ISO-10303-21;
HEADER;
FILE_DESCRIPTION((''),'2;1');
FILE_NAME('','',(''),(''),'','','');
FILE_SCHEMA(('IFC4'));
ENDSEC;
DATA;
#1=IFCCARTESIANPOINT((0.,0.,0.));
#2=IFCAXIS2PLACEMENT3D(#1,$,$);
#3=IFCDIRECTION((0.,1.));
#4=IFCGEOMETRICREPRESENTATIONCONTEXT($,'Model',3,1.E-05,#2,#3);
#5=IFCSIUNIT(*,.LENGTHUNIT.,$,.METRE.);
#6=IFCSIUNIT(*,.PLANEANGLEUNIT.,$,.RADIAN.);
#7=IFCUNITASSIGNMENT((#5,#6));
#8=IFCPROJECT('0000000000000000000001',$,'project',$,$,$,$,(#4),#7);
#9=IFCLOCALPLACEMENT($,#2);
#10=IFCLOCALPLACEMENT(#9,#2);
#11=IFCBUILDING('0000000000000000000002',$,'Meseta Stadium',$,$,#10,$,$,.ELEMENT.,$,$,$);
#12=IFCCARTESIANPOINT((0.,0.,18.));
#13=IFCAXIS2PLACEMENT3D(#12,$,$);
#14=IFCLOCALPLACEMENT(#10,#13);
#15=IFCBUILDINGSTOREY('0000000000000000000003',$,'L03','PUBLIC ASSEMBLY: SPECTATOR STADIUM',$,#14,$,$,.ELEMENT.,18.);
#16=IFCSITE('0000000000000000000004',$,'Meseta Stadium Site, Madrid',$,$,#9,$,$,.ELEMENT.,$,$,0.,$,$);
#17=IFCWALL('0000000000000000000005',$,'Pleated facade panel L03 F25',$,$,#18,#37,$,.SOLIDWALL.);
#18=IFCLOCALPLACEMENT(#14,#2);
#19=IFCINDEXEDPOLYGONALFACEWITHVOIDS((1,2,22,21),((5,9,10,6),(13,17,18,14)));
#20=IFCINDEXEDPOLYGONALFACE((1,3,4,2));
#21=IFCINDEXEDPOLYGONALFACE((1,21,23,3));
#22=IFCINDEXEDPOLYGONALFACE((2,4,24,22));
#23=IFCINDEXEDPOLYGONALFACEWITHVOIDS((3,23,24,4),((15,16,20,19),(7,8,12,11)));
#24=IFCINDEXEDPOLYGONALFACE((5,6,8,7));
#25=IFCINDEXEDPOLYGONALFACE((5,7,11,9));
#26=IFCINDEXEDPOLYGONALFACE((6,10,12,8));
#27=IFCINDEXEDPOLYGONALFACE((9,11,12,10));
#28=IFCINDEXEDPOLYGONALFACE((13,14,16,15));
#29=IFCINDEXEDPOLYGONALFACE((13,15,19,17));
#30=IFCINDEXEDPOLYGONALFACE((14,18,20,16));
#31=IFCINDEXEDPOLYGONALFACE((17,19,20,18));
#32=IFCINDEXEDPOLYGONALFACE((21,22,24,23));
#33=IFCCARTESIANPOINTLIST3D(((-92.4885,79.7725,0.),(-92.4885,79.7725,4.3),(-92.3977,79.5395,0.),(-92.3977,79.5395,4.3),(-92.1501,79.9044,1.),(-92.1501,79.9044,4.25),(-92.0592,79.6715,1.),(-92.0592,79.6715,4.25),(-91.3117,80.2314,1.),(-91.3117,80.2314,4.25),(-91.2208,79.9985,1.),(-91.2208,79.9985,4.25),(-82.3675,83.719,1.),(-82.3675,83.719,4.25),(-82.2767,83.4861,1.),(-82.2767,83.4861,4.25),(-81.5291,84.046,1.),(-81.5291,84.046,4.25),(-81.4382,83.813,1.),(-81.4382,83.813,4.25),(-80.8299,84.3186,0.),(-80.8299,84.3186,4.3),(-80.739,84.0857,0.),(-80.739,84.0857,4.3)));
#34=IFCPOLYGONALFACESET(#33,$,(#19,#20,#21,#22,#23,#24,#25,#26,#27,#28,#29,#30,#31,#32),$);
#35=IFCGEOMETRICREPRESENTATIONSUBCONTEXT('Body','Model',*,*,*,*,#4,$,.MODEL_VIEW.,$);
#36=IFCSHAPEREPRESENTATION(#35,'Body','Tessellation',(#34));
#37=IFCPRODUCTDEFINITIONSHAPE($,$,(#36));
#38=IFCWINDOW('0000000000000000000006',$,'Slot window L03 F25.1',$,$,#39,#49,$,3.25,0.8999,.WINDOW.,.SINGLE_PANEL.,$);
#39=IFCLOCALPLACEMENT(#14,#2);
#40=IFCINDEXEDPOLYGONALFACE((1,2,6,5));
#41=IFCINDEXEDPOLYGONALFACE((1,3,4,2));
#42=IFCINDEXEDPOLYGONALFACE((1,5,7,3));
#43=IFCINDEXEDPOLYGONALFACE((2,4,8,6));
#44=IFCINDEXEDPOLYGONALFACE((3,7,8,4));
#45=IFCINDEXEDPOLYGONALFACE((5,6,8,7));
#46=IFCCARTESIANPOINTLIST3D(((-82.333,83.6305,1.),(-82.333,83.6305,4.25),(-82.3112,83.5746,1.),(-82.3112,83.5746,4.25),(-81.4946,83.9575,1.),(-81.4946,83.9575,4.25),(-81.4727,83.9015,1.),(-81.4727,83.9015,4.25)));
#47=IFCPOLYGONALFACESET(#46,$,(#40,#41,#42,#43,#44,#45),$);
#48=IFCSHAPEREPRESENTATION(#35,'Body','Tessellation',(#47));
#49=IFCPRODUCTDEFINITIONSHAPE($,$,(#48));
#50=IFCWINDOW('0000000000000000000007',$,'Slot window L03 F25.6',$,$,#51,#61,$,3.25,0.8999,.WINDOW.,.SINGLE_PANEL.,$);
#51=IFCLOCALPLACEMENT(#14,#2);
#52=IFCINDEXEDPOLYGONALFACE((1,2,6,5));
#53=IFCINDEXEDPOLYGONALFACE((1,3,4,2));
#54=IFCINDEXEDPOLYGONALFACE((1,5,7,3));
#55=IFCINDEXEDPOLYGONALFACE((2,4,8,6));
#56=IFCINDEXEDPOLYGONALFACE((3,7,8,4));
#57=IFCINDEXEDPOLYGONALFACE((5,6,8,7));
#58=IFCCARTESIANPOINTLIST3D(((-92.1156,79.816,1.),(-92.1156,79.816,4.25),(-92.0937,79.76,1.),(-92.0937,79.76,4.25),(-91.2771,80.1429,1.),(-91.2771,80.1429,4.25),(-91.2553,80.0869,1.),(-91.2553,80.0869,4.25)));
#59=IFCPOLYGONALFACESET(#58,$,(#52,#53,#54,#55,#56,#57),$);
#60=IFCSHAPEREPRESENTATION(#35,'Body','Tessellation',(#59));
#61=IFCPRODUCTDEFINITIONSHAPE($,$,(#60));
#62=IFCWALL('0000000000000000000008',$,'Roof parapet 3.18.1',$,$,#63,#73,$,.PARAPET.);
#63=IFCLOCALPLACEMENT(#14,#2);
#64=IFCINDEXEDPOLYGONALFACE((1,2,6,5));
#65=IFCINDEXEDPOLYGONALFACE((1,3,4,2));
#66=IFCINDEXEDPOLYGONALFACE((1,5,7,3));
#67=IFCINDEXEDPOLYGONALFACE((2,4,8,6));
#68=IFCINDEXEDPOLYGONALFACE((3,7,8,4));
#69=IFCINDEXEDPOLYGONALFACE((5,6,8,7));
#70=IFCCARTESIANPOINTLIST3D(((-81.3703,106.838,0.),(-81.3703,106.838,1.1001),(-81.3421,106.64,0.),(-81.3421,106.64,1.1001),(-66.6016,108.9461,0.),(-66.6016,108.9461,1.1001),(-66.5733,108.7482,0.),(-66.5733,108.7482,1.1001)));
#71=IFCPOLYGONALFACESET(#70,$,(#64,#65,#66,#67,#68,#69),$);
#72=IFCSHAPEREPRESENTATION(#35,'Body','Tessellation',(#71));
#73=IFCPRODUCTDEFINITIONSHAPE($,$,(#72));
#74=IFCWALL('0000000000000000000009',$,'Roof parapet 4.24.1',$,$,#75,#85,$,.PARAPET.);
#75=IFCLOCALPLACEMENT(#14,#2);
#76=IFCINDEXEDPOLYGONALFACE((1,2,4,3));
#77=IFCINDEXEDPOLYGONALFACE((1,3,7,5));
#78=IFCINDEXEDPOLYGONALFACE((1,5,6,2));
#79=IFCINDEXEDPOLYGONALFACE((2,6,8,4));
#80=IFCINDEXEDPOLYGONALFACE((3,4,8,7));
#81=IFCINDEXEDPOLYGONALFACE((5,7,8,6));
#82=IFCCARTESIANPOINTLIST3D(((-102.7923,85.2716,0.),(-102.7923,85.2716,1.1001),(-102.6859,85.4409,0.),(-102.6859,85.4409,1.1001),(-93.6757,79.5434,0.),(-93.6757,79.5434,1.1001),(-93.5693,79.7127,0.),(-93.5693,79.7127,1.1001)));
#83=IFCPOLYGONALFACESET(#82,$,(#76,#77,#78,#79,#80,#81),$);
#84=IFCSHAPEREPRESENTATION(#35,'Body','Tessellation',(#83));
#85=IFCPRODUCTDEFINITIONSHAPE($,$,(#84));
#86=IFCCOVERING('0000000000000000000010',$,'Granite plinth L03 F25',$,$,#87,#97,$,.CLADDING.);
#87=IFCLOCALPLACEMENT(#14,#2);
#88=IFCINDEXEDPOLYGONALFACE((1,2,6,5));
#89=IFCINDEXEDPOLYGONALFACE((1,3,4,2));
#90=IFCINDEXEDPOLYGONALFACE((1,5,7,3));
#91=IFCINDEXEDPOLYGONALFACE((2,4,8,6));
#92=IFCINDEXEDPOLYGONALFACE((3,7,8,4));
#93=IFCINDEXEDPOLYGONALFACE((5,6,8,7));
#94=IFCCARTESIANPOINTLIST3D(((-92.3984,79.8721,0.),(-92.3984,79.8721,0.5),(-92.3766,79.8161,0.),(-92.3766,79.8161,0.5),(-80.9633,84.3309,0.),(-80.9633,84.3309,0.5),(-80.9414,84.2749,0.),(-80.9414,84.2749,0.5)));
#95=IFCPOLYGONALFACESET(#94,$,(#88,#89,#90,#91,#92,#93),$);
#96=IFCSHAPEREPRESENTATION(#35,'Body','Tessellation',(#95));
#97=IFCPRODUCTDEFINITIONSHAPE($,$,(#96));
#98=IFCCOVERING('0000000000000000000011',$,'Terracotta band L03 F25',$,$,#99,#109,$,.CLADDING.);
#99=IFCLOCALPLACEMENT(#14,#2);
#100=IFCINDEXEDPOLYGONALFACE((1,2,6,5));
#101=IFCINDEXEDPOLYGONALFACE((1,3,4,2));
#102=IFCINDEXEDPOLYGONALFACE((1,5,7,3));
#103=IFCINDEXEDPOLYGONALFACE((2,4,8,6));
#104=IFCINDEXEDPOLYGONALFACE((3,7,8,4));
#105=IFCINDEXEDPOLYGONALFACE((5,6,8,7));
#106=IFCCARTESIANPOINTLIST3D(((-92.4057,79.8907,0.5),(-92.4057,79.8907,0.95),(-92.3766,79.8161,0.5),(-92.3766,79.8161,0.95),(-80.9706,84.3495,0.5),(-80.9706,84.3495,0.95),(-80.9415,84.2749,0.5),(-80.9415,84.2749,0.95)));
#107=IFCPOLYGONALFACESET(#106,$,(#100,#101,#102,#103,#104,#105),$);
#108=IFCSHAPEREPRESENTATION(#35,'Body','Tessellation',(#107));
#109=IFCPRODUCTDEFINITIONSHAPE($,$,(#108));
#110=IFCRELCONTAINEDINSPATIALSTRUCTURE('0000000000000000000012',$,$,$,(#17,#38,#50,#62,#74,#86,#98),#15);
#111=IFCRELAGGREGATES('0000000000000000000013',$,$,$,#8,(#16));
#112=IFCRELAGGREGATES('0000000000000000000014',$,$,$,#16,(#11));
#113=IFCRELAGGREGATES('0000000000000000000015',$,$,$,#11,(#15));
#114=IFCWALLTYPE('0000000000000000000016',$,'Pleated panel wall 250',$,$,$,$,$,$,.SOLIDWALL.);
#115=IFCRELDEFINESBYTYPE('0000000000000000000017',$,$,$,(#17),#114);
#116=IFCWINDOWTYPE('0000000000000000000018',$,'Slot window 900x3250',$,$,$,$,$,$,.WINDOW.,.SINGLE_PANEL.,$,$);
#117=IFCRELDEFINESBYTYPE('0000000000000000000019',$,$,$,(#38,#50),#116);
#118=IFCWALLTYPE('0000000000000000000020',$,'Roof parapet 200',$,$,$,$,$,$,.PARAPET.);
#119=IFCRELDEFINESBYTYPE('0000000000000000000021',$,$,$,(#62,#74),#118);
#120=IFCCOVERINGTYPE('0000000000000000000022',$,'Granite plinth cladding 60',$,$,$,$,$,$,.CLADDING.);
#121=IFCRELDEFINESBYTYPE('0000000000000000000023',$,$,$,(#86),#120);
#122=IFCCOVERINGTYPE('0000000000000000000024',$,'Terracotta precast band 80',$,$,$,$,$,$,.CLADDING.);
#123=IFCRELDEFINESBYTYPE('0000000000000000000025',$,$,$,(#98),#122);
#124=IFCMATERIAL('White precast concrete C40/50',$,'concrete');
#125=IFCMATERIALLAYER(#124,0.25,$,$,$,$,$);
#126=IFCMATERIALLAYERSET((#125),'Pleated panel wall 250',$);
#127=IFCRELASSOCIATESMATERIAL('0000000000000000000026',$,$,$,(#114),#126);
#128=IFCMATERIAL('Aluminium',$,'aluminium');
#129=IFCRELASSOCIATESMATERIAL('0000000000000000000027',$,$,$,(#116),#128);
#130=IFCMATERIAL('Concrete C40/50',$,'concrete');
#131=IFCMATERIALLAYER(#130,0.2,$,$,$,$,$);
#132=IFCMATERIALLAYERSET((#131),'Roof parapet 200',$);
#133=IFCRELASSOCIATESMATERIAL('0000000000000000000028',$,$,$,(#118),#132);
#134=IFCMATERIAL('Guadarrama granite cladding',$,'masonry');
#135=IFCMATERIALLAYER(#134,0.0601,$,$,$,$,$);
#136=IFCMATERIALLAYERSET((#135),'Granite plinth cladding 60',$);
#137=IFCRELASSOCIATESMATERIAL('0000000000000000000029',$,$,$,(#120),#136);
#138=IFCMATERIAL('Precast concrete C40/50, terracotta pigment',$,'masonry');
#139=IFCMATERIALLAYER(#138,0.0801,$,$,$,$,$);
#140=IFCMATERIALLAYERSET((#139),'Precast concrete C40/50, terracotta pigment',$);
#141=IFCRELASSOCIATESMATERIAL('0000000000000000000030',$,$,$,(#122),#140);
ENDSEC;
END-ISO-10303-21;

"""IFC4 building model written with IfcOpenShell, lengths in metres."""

from ifc_helpers import new_model, si_unit, direction, frame, frame_2d, origin, origin_2d, place, context, subcontext, project, spatial, rectangle, extrude, material, layer, layer_set, type_object, element, fill, save


model = new_model("IFC4")

# Units and contexts
model_context = context("Model", 3, precision=1e-05, world=origin(), true_north=direction((0.0, 1.0)))
body_context = subcontext(model_context, "Body", "Model", "MODEL_VIEW")
ifc_project = project(units=[si_unit("LENGTHUNIT", "METRE"), si_unit("PLANEANGLEUNIT", "RADIAN")], contexts=[model_context])

# Site, building, storey
site_placement = place(None, origin())
site = spatial("IfcSite", under=ifc_project, at=site_placement, Name="Meseta Stadium Site, Madrid", CompositionType="ELEMENT", RefElevation=0.0)
building_placement = place(site_placement, origin())
building = spatial("IfcBuilding", under=site, at=building_placement, Name="Meseta Stadium", CompositionType="ELEMENT")
storey_placement = place(building_placement, frame((0.0, 0.0, 18.0)))
storey = spatial("IfcBuildingStorey", under=building, at=storey_placement, Name="L03", Description="PUBLIC ASSEMBLY: SPECTATOR STADIUM", CompositionType="ELEMENT", Elevation=18.0)

# Wall, openings, windows
ifc_material_1 = material(Name="White precast concrete C40/50", Category="concrete")
ifc_layer_1 = layer(ifc_material_1, 0.25)
ifc_layer_set_1 = layer_set([ifc_layer_1], Name="Pleated panel wall 250")
wall_type_1 = type_object("IfcWallType", Name="Pleated panel wall 250", PredefinedType="SOLIDWALL", material=ifc_layer_set_1)
ifc_material_2 = material(Name="Aluminium", Category="aluminium")
window_type = type_object("IfcWindowType", Name="Slot window 900x3250", PartitioningType="SINGLE_PANEL", PredefinedType="WINDOW", material=ifc_material_2)
wall_1_placement = place(storey_placement, frame((-92.4431, 79.656, 0.0), z_axis=(0.0, 0.0, 1.0), x_axis=(0.931675, 0.363293, 0.0)))
wall_1 = element("IfcWall", 1, at=wall_1_placement, inside=storey, type_object=wall_type_1, Name="Pleated facade panel L03 F25", PredefinedType="SOLIDWALL", context=body_context, shape_type="SweptSolid", body=[
    extrude(rectangle(XDim=12.5137, YDim=0.25, at=frame_2d((6.2568, 0.0))), origin(), (0.0, 0.0, 1.0), 4.3),
])
opening_1_placement = place(wall_1_placement, frame((10.8633, 0.0, 1.0)))
opening_1 = element("IfcOpeningElement", 2, at=opening_1_placement, cuts=wall_1, PredefinedType="OPENING", context=body_context, shape_type="SweptSolid", body=[
    extrude(rectangle(XDim=0.8999, YDim=3.25, at=frame_2d((0.45, 1.625))), frame((0.0, 0.135, 0.0), z_axis=(0.0, -1.0, 0.0), x_axis=(1.0, 0.0, 0.0)), (0.0, 0.0, 1.0), 0.27),
])
opening_2_placement = place(wall_1_placement, frame((0.3633, 0.0, 1.0)))
opening_2 = element("IfcOpeningElement", 3, at=opening_2_placement, cuts=wall_1, PredefinedType="OPENING", context=body_context, shape_type="SweptSolid", body=[
    extrude(rectangle(XDim=0.8999, YDim=3.25, at=frame_2d((0.45, 1.625))), frame((0.0, 0.135, 0.0), z_axis=(0.0, -1.0, 0.0), x_axis=(1.0, 0.0, 0.0)), (0.0, 0.0, 1.0), 0.27),
])
window_1_placement = place(opening_1_placement, origin())
window_1 = element("IfcWindow", 4, at=window_1_placement, inside=storey, type_object=window_type, Name="Slot window L03 F25.1", OverallHeight=3.25, OverallWidth=0.8999, PartitioningType="SINGLE_PANEL", PredefinedType="WINDOW", context=body_context, shape_type="SweptSolid", body=[
    extrude(rectangle(XDim=0.8999, YDim=3.25, at=frame_2d((0.45, 1.625))), frame((0.0, 0.03, 0.0), z_axis=(0.0, -1.0, 0.0), x_axis=(1.0, 0.0, 0.0)), (0.0, 0.0, 1.0), 0.0601),
])
fill(opening_1, window_1)
window_2_placement = place(opening_2_placement, origin())
window_2 = element("IfcWindow", 5, at=window_2_placement, inside=storey, type_object=window_type, Name="Slot window L03 F25.6", OverallHeight=3.25, OverallWidth=0.8999, PartitioningType="SINGLE_PANEL", PredefinedType="WINDOW", context=body_context, shape_type="SweptSolid", body=[
    extrude(rectangle(XDim=0.8999, YDim=3.25, at=frame_2d((0.45, 1.625))), frame((0.0, 0.03, 0.0), z_axis=(0.0, -1.0, 0.0), x_axis=(1.0, 0.0, 0.0)), (0.0, 0.0, 1.0), 0.0601),
])
fill(opening_2, window_2)

# Walls
ifc_material_3 = material(Name="Concrete C40/50", Category="concrete")
ifc_layer_2 = layer(ifc_material_3, 0.2)
ifc_layer_set_2 = layer_set([ifc_layer_2], Name="Roof parapet 200")
wall_type_2 = type_object("IfcWallType", Name="Roof parapet 200", PredefinedType="PARAPET", material=ifc_layer_set_2)
wall_2_placement = place(storey_placement, frame((-81.3562, 106.739, 0.0), z_axis=(0.0, 0.0, 1.0), x_axis=(0.989965, 0.141311, 0.0)))
element("IfcWall", 6, at=wall_2_placement, inside=storey, type_object=wall_type_2, Name="Roof parapet 3.18.1", PredefinedType="PARAPET", context=body_context, shape_type="SweptSolid", body=[
    extrude(rectangle(XDim=14.9185, YDim=0.2, at=frame_2d((7.4592, 0.0))), origin(), (0.0, 0.0, 1.0), 1.1001),
])
wall_3_placement = place(storey_placement, frame((-102.739, 85.3562, 0.0), z_axis=(0.0, 0.0, 1.0), x_axis=(0.84673, -0.532023, 0.0)))
element("IfcWall", 7, at=wall_3_placement, inside=storey, type_object=wall_type_2, Name="Roof parapet 4.24.1", PredefinedType="PARAPET", context=body_context, shape_type="SweptSolid", body=[
    extrude(rectangle(XDim=10.7668, YDim=0.2, at=frame_2d((5.3833, 0.0))), origin(), (0.0, 0.0, 1.0), 1.1001),
])

# Coverings
ifc_material_4 = material(Name="Guadarrama granite cladding", Category="masonry")
ifc_layer_3 = layer(ifc_material_4, 0.0601)
ifc_layer_set_3 = layer_set([ifc_layer_3], Name="Granite plinth cladding 60")
covering_type_1 = type_object("IfcCoveringType", Name="Granite plinth cladding 60", PredefinedType="CLADDING", material=ifc_layer_set_3)
covering_1_placement = place(storey_placement, frame((-86.6699, 82.0735, 0.0), z_axis=(0.0, 0.0, 1.0), x_axis=(0.93168, 0.363281, 0.0)))
element("IfcCovering", 8, at=covering_1_placement, inside=storey, type_object=covering_type_1, Name="Granite plinth L03 F25", PredefinedType="CLADDING", context=body_context, shape_type="SweptSolid", body=[
    extrude(rectangle(XDim=12.2737, YDim=0.0601, at=origin_2d()), origin(), (0.0, 0.0, 1.0), 0.5),
])
ifc_material_5 = material(Name="Precast concrete C40/50, terracotta pigment", Category="masonry")
ifc_layer_4 = layer(ifc_material_5, 0.0801)
ifc_layer_set_4 = layer_set([ifc_layer_4], Name="Precast concrete C40/50, terracotta pigment")
covering_type_2 = type_object("IfcCoveringType", Name="Terracotta precast band 80", PredefinedType="CLADDING", material=ifc_layer_set_4)
covering_2_placement = place(storey_placement, frame((-86.6736, 82.0828, 0.5), z_axis=(0.0, 0.0, 1.0), x_axis=(0.93168, 0.363281, 0.0)))
element("IfcCovering", 9, at=covering_2_placement, inside=storey, type_object=covering_type_2, Name="Terracotta band L03 F25", PredefinedType="CLADDING", context=body_context, shape_type="SweptSolid", body=[
    extrude(rectangle(XDim=12.2737, YDim=0.0801, at=origin_2d()), origin(), (0.0, 0.0, 1.0), 0.45),
])

save(model, "model.ifc")
